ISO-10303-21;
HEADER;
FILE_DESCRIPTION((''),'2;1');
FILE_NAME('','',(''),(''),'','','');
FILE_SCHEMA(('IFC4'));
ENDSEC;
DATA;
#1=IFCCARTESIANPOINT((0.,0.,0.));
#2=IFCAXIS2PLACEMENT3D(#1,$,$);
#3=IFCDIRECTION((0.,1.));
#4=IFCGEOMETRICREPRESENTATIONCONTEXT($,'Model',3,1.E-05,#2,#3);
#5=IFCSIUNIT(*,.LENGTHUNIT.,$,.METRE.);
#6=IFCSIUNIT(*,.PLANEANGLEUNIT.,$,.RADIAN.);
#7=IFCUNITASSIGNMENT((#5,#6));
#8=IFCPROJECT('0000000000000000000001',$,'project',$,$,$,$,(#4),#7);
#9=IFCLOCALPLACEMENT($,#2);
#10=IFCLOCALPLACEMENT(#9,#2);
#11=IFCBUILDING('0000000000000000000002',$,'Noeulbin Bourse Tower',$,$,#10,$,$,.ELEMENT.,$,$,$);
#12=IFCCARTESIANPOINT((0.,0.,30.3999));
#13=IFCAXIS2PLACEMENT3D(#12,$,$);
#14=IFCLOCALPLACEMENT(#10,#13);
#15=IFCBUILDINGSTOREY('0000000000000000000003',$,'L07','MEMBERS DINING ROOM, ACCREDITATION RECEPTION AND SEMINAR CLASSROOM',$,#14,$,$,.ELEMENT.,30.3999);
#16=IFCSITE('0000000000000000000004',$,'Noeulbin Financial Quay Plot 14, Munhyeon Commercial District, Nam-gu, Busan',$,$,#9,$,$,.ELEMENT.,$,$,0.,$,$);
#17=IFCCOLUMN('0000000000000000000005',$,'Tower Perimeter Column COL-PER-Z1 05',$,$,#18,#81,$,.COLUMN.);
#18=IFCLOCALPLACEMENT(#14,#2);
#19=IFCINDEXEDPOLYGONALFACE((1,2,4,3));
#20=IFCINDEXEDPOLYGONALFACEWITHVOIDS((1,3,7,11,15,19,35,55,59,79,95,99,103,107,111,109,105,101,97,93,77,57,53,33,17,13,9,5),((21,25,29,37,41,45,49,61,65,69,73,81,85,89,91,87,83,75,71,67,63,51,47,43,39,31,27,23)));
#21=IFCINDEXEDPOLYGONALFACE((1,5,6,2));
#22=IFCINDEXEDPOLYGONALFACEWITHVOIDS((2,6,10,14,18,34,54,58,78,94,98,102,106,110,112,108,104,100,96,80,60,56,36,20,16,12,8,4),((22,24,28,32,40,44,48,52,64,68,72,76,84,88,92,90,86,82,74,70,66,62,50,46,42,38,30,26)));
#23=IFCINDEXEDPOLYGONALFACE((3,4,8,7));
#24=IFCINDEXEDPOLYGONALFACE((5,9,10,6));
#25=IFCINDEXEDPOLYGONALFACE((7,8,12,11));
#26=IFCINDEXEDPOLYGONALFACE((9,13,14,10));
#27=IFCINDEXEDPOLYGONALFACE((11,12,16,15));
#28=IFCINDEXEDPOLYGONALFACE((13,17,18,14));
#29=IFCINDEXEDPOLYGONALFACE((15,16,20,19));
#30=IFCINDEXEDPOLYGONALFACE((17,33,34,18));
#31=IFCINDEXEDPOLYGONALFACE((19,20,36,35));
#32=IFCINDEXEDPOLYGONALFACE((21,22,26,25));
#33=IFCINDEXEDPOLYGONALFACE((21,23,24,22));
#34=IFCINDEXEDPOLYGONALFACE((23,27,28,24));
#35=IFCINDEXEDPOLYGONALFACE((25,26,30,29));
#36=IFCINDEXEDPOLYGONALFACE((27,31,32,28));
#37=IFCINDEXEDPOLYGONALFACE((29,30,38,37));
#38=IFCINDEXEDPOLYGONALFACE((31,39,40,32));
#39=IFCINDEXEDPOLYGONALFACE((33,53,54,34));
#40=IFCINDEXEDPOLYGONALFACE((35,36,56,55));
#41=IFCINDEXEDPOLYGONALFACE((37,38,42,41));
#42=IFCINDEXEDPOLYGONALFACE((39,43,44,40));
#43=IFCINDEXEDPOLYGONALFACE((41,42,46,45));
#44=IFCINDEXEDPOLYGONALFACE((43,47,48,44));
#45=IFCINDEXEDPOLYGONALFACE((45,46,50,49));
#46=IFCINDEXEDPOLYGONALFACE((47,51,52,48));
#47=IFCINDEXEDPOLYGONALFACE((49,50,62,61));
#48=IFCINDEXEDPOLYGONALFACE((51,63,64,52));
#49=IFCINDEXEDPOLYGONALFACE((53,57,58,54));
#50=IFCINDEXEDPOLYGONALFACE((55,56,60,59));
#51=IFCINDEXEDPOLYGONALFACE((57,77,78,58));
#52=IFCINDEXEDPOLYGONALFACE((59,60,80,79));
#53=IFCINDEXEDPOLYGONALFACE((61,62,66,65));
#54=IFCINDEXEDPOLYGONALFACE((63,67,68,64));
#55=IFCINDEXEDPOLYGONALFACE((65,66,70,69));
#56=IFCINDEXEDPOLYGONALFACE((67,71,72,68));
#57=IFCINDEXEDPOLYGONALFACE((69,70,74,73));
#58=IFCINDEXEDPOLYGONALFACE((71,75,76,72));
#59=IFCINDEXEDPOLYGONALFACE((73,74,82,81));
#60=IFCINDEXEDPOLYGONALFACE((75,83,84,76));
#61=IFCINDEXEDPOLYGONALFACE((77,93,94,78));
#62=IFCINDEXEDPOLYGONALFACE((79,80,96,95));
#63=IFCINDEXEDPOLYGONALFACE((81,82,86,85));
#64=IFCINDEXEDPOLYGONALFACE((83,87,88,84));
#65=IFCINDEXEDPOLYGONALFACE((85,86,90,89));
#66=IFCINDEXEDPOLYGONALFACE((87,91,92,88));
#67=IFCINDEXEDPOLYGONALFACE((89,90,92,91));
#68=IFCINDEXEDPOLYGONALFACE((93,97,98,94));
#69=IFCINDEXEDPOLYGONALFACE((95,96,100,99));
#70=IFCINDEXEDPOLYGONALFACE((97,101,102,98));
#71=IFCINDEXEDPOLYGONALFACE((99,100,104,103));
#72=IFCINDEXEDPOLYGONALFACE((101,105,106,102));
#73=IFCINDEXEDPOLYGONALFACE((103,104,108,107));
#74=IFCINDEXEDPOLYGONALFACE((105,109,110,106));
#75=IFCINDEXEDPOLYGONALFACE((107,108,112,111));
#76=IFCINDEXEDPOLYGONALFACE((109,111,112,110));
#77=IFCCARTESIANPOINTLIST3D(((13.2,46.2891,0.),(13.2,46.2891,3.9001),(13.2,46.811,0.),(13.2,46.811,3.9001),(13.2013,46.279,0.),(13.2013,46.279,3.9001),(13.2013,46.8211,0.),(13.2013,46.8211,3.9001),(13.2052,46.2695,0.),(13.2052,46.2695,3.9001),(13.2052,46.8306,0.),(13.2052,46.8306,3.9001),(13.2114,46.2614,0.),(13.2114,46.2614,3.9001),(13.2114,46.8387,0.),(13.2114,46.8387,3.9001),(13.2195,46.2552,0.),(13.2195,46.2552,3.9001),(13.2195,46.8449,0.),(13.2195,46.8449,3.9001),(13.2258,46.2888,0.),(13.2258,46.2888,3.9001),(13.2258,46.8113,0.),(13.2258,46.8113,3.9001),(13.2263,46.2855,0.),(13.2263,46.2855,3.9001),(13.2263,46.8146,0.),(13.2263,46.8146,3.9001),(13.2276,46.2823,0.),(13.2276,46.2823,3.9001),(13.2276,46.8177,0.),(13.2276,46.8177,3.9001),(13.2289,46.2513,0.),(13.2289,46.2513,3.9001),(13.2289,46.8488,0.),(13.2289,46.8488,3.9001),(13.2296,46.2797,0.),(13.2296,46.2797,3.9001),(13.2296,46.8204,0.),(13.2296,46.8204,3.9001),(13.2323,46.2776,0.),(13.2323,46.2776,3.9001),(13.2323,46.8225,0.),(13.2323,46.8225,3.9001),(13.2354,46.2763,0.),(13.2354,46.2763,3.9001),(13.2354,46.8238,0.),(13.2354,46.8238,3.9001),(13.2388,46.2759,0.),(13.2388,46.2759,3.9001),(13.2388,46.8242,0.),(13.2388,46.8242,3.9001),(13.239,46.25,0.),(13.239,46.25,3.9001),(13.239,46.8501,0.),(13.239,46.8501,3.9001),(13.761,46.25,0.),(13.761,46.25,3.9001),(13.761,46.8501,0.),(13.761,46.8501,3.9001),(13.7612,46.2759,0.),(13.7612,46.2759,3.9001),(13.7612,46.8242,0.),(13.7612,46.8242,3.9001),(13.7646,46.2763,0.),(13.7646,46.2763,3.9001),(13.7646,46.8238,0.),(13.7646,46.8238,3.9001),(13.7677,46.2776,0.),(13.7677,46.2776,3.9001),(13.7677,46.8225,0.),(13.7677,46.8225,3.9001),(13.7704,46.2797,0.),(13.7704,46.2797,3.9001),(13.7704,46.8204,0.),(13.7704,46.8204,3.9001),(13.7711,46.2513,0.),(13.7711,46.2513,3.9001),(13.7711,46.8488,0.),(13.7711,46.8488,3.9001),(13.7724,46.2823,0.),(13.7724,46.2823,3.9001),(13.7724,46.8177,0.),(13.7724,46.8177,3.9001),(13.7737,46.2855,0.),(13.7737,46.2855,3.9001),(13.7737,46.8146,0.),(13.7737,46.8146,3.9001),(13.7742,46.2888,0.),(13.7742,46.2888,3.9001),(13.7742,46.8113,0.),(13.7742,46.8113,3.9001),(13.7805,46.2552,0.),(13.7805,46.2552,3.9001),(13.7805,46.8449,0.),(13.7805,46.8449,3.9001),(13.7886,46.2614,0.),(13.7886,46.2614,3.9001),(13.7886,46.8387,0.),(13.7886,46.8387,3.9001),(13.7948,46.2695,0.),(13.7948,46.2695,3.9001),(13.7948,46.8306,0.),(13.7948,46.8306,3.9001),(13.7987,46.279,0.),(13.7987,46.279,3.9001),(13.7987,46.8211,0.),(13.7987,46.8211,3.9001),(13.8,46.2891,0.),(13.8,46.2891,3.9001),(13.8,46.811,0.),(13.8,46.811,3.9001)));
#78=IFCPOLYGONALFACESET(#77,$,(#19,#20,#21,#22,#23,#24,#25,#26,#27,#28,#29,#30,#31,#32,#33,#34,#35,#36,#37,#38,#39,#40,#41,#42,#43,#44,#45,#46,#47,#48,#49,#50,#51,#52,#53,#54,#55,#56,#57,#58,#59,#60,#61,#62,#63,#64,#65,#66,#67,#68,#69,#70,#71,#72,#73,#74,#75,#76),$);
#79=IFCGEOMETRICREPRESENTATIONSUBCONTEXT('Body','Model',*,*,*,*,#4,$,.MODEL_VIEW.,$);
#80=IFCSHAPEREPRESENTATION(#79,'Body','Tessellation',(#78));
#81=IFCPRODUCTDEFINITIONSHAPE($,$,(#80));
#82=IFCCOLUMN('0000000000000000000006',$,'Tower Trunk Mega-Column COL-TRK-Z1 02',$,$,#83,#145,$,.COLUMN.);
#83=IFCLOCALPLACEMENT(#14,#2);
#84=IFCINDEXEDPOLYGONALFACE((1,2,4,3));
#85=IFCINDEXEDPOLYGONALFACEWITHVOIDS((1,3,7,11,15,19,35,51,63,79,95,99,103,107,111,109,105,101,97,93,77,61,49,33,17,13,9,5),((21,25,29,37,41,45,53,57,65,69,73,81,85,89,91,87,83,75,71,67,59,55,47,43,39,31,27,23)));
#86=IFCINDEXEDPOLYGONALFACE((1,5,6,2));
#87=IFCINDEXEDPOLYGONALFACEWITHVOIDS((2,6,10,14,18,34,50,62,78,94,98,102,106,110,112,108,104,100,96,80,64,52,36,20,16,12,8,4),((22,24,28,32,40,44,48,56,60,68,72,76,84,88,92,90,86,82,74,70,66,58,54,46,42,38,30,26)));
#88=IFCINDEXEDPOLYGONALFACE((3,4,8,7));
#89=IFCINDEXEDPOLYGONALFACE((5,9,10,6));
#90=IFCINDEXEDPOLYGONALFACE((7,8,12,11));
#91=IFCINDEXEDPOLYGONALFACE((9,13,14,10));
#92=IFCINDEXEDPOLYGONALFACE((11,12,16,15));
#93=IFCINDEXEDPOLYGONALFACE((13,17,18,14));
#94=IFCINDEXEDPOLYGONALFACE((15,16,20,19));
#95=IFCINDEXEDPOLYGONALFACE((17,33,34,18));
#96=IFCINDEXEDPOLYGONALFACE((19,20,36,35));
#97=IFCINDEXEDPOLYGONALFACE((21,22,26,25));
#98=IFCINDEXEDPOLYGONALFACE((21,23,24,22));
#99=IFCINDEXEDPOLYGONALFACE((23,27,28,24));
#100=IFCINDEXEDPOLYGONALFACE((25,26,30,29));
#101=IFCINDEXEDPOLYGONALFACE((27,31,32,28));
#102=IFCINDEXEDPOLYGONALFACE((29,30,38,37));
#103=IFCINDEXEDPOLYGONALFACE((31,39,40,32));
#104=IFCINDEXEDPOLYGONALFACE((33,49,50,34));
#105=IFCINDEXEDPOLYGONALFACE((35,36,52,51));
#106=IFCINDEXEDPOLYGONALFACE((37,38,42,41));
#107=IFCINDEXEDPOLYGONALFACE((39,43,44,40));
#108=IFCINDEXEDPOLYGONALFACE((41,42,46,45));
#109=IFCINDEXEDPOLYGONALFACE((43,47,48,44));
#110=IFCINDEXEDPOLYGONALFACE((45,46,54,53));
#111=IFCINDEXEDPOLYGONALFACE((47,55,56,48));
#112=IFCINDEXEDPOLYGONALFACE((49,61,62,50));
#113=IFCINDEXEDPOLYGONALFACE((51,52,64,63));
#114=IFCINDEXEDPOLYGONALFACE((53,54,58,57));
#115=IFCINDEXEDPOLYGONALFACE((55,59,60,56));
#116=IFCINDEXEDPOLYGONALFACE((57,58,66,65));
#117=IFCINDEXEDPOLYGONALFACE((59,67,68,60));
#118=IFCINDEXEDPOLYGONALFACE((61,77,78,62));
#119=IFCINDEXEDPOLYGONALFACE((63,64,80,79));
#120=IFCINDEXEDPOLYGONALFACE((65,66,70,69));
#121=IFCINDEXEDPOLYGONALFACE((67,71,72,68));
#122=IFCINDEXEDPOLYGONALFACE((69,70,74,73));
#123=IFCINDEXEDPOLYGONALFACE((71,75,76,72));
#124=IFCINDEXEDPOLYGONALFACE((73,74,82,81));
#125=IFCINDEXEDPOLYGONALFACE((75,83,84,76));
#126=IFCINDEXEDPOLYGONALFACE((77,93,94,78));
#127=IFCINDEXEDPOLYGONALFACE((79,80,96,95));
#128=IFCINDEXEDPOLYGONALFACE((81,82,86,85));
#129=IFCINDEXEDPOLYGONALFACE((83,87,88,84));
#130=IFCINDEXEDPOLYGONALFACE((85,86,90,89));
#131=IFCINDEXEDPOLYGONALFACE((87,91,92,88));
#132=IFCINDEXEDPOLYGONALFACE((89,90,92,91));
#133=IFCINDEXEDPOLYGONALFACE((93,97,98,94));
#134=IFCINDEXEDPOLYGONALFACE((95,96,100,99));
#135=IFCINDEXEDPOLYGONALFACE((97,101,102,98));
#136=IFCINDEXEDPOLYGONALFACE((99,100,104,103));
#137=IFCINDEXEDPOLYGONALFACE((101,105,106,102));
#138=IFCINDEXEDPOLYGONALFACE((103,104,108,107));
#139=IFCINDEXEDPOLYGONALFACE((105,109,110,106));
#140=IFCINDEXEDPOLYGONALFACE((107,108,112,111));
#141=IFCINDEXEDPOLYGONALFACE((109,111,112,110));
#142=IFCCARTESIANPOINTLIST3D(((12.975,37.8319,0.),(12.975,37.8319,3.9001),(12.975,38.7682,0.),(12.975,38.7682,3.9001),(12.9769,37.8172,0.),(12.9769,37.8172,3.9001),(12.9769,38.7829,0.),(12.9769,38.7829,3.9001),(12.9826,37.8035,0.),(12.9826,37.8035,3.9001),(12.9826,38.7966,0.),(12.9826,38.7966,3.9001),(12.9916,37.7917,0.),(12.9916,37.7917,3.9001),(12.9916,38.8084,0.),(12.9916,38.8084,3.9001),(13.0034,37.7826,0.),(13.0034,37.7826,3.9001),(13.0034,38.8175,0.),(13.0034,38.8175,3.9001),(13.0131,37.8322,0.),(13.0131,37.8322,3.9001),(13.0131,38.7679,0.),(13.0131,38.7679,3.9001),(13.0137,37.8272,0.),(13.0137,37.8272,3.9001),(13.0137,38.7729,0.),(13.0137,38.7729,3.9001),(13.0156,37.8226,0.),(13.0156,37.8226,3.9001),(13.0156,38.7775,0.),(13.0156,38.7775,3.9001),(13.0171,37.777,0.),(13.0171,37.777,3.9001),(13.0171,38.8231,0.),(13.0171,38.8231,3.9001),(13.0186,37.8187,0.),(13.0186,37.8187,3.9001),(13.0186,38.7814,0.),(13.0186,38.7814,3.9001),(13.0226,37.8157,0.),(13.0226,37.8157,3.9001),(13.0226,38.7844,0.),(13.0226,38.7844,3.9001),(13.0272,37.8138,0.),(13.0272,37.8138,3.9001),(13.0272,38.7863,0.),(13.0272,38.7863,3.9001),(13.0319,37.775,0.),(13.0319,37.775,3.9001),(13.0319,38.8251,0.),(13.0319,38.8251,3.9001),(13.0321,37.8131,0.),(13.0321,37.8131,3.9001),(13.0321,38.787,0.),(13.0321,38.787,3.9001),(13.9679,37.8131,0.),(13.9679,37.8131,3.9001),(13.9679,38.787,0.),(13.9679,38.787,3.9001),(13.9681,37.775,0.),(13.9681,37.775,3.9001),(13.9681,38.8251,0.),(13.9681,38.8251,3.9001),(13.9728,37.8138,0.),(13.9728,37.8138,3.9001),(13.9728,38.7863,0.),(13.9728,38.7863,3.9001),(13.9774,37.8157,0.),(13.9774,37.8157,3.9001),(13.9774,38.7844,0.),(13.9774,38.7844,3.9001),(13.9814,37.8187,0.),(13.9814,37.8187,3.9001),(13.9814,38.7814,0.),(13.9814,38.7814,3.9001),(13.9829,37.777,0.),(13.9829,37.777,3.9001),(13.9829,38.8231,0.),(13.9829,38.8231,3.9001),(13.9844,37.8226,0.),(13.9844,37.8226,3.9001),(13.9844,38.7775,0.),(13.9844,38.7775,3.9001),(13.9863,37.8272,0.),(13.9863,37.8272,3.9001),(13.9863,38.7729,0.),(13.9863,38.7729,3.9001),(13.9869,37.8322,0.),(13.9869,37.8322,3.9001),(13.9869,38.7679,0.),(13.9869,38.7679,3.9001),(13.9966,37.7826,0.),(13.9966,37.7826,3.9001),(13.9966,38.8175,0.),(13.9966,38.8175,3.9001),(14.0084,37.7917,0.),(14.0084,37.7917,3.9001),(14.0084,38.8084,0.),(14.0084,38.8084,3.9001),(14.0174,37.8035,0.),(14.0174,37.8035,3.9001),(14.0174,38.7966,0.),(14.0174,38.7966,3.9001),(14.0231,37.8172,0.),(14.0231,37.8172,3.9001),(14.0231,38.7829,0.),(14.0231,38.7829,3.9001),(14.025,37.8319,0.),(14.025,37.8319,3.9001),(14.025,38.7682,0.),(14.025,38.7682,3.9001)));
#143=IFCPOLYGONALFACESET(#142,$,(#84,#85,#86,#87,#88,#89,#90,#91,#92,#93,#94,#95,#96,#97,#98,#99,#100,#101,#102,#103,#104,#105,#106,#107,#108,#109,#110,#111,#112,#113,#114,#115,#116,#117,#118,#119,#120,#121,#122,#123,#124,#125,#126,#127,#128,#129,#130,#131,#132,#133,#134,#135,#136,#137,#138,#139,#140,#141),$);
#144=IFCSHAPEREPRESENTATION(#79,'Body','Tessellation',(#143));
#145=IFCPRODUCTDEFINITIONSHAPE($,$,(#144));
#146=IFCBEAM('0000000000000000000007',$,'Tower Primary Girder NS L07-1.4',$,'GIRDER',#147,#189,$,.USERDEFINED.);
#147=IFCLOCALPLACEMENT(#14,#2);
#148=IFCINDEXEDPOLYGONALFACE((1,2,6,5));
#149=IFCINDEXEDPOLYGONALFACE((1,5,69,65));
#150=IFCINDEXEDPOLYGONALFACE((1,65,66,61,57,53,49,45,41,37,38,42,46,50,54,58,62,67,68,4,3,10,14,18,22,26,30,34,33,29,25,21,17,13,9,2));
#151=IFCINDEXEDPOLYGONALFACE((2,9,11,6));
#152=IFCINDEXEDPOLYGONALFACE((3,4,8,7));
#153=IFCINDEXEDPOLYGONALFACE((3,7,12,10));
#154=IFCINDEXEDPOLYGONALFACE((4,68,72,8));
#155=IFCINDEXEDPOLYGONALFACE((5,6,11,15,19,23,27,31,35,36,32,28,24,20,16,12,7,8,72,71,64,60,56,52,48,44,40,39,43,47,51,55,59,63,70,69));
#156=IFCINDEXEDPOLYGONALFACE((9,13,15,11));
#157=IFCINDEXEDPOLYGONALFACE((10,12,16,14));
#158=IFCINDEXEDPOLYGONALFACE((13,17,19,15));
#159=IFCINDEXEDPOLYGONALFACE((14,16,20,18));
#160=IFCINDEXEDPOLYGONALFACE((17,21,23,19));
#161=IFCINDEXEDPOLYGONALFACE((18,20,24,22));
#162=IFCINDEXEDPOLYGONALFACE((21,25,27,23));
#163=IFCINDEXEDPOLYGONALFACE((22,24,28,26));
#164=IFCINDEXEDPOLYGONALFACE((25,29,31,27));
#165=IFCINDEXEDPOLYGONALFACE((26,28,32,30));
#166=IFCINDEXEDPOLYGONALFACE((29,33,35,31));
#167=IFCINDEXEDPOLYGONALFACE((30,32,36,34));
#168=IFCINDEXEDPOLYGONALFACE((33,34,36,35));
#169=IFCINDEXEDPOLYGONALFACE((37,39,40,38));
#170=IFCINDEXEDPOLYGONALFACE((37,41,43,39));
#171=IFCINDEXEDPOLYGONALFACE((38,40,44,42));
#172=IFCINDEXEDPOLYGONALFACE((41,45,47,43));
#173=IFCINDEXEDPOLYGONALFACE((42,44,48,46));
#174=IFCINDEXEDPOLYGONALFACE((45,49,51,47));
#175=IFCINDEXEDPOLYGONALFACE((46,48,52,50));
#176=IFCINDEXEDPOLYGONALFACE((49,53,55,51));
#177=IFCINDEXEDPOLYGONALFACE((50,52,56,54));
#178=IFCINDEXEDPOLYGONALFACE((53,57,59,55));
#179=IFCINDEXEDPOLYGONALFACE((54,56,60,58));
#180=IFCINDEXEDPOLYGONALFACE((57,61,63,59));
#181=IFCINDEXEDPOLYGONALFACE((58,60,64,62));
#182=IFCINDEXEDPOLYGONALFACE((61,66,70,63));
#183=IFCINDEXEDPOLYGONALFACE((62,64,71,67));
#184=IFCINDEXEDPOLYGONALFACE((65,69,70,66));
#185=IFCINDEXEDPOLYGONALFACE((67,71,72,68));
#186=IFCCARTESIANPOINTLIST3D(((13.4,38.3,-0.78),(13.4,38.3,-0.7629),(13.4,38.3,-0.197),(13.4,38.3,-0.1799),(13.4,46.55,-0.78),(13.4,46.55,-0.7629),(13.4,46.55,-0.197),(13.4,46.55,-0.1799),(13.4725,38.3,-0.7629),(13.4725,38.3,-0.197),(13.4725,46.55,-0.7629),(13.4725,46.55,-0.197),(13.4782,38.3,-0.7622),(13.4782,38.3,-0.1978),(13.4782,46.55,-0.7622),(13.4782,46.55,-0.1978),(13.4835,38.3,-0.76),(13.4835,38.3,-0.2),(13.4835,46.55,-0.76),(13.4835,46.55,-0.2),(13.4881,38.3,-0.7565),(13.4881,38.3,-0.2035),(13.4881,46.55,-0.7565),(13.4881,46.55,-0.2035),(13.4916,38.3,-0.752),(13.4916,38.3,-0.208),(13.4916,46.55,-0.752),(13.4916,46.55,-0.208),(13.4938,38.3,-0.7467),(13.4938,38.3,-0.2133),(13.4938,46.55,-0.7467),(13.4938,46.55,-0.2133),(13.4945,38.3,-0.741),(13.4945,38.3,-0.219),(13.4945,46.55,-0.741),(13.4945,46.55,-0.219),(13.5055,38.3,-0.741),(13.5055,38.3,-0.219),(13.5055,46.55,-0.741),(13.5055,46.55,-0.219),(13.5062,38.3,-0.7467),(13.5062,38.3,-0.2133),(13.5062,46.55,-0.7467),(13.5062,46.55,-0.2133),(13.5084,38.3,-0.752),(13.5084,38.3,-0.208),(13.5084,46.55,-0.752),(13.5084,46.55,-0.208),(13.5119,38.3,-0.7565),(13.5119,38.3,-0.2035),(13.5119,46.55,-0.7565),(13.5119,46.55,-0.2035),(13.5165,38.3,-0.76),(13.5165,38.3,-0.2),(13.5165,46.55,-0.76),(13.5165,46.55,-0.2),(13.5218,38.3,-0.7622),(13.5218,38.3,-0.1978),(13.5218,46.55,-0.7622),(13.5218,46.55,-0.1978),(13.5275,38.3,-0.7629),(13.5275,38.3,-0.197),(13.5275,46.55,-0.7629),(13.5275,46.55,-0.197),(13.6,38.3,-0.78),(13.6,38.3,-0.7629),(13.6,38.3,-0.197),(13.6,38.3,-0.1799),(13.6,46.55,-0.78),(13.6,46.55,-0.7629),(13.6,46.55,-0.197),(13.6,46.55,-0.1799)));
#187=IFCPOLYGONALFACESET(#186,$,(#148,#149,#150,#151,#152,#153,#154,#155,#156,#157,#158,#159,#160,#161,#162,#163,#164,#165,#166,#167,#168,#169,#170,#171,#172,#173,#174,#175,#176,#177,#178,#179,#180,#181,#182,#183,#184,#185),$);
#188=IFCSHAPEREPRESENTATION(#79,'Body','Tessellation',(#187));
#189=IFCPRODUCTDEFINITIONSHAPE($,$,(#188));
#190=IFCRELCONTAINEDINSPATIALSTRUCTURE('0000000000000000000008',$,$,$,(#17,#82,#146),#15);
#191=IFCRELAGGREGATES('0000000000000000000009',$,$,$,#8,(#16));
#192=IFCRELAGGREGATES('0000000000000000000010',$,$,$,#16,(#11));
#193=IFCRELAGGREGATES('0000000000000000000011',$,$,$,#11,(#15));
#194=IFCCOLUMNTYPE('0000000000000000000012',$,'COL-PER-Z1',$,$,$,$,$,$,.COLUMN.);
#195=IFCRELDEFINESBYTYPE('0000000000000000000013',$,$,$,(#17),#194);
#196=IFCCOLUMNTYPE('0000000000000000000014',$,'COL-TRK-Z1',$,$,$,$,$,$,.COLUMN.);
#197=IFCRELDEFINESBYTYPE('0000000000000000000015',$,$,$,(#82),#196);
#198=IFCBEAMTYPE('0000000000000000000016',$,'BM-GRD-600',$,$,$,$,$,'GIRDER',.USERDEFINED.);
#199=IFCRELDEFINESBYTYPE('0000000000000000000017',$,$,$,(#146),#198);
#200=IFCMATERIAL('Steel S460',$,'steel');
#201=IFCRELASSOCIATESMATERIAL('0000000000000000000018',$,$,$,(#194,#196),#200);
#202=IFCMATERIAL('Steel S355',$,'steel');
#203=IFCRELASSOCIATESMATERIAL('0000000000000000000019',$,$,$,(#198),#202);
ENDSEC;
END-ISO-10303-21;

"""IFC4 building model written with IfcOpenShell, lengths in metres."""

from ifc_helpers import new_model, si_unit, direction, frame, origin, origin_2d, place, context, subcontext, project, spatial, hollow_rectangle, i_section, extrude, material, material_profile, profile_set, type_object, element, save


model = new_model("IFC4")

# Units and contexts
model_context = context("Model", 3, precision=1e-05, world=origin(), true_north=direction((0.0, 1.0)))
body_context = subcontext(model_context, "Body", "Model", "MODEL_VIEW")
ifc_project = project(units=[si_unit("LENGTHUNIT", "METRE"), si_unit("PLANEANGLEUNIT", "RADIAN")], contexts=[model_context])

# Site, building, storey
site_placement = place(None, origin())
site = spatial("IfcSite", under=ifc_project, at=site_placement, Name="Noeulbin Financial Quay Plot 14, Munhyeon Commercial District, Nam-gu, Busan", CompositionType="ELEMENT", RefElevation=0.0)
building_placement = place(site_placement, origin())
building = spatial("IfcBuilding", under=site, at=building_placement, Name="Noeulbin Bourse Tower", CompositionType="ELEMENT")
storey_placement = place(building_placement, frame((0.0, 0.0, 30.3999)))
storey = spatial("IfcBuildingStorey", under=building, at=storey_placement, Name="L07", Description="MEMBERS DINING ROOM, ACCREDITATION RECEPTION AND SEMINAR CLASSROOM", CompositionType="ELEMENT", Elevation=30.3999)

# Columns
ifc_material_1 = material(Name="Steel S460", Category="steel")
ifc_material_profile_1 = material_profile(ifc_material_1, hollow_rectangle(XDim=0.6001, YDim=0.6001, WallThickness=0.0259, InnerFilletRadius=0.0129, OuterFilletRadius=0.0391, at=origin_2d()), Name="BOX-600x600x26", Category="LoadBearing")
ifc_profile_set_1 = profile_set([ifc_material_profile_1], Name="Steel S460")
column_type_1 = type_object("IfcColumnType", Name="COL-PER-Z1", PredefinedType="COLUMN", material=ifc_profile_set_1)
column_1_placement = place(storey_placement, frame((13.5, 46.55, 0.0), z_axis=(0.0, 0.0, 1.0), x_axis=(1.0, 0.0, 0.0)))
element("IfcColumn", 1, at=column_1_placement, inside=storey, type_object=column_type_1, Name="Tower Perimeter Column COL-PER-Z1 05", PredefinedType="COLUMN", context=body_context, shape_type="SweptSolid", body=[
    extrude(hollow_rectangle(XDim=0.6001, YDim=0.6001, WallThickness=0.0259, InnerFilletRadius=0.0129, OuterFilletRadius=0.0391, at=origin_2d()), origin(), (0.0, 0.0, 1.0), 3.9001),
])
ifc_material_profile_2 = material_profile(ifc_material_1, hollow_rectangle(XDim=1.05, YDim=1.05, WallThickness=0.0381, InnerFilletRadius=0.019, OuterFilletRadius=0.0569, at=origin_2d()), Name="BOX-1050x1050x38", Category="LoadBearing")
ifc_profile_set_2 = profile_set([ifc_material_profile_2], Name="Steel S460")
column_type_2 = type_object("IfcColumnType", Name="COL-TRK-Z1", PredefinedType="COLUMN", material=ifc_profile_set_2)
column_2_placement = place(storey_placement, frame((13.5, 38.3, 0.0), z_axis=(0.0, 0.0, 1.0), x_axis=(1.0, 0.0, 0.0)))
element("IfcColumn", 2, at=column_2_placement, inside=storey, type_object=column_type_2, Name="Tower Trunk Mega-Column COL-TRK-Z1 02", PredefinedType="COLUMN", context=body_context, shape_type="SweptSolid", body=[
    extrude(hollow_rectangle(XDim=1.05, YDim=1.05, WallThickness=0.0381, InnerFilletRadius=0.019, OuterFilletRadius=0.0569, at=origin_2d()), origin(), (0.0, 0.0, 1.0), 3.9001),
])

# Beam
ifc_material_2 = material(Name="Steel S355", Category="steel")
ifc_material_profile_3 = material_profile(ifc_material_2, i_section(OverallWidth=0.2, OverallDepth=0.6001, WebThickness=0.011, FlangeThickness=0.0171, FilletRadius=0.022, at=origin_2d()), Name="H-600x200x11x17", Category="LoadBearing")
ifc_profile_set_3 = profile_set([ifc_material_profile_3], Name="Steel S355")
beam_type_1 = type_object("IfcBeamType", Name="BM-GRD-600", ElementType="GIRDER", PredefinedType="USERDEFINED", material=ifc_profile_set_3)
beam_1_placement = place(storey_placement, frame((13.5, 38.3, -0.48), z_axis=(0.0, 1.0, 0.0), x_axis=(-1.0, 0.0, 0.0)))
element("IfcBeam", 3, at=beam_1_placement, inside=storey, type_object=beam_type_1, Name="Tower Primary Girder NS L07-1.4", ObjectType="GIRDER", PredefinedType="USERDEFINED", context=body_context, shape_type="SweptSolid", body=[
    extrude(i_section(OverallWidth=0.2, OverallDepth=0.6001, WebThickness=0.011, FlangeThickness=0.0171, FilletRadius=0.022, at=origin_2d()), origin(), (0.0, 0.0, 1.0), 8.25),
])

save(model, "model.ifc")
